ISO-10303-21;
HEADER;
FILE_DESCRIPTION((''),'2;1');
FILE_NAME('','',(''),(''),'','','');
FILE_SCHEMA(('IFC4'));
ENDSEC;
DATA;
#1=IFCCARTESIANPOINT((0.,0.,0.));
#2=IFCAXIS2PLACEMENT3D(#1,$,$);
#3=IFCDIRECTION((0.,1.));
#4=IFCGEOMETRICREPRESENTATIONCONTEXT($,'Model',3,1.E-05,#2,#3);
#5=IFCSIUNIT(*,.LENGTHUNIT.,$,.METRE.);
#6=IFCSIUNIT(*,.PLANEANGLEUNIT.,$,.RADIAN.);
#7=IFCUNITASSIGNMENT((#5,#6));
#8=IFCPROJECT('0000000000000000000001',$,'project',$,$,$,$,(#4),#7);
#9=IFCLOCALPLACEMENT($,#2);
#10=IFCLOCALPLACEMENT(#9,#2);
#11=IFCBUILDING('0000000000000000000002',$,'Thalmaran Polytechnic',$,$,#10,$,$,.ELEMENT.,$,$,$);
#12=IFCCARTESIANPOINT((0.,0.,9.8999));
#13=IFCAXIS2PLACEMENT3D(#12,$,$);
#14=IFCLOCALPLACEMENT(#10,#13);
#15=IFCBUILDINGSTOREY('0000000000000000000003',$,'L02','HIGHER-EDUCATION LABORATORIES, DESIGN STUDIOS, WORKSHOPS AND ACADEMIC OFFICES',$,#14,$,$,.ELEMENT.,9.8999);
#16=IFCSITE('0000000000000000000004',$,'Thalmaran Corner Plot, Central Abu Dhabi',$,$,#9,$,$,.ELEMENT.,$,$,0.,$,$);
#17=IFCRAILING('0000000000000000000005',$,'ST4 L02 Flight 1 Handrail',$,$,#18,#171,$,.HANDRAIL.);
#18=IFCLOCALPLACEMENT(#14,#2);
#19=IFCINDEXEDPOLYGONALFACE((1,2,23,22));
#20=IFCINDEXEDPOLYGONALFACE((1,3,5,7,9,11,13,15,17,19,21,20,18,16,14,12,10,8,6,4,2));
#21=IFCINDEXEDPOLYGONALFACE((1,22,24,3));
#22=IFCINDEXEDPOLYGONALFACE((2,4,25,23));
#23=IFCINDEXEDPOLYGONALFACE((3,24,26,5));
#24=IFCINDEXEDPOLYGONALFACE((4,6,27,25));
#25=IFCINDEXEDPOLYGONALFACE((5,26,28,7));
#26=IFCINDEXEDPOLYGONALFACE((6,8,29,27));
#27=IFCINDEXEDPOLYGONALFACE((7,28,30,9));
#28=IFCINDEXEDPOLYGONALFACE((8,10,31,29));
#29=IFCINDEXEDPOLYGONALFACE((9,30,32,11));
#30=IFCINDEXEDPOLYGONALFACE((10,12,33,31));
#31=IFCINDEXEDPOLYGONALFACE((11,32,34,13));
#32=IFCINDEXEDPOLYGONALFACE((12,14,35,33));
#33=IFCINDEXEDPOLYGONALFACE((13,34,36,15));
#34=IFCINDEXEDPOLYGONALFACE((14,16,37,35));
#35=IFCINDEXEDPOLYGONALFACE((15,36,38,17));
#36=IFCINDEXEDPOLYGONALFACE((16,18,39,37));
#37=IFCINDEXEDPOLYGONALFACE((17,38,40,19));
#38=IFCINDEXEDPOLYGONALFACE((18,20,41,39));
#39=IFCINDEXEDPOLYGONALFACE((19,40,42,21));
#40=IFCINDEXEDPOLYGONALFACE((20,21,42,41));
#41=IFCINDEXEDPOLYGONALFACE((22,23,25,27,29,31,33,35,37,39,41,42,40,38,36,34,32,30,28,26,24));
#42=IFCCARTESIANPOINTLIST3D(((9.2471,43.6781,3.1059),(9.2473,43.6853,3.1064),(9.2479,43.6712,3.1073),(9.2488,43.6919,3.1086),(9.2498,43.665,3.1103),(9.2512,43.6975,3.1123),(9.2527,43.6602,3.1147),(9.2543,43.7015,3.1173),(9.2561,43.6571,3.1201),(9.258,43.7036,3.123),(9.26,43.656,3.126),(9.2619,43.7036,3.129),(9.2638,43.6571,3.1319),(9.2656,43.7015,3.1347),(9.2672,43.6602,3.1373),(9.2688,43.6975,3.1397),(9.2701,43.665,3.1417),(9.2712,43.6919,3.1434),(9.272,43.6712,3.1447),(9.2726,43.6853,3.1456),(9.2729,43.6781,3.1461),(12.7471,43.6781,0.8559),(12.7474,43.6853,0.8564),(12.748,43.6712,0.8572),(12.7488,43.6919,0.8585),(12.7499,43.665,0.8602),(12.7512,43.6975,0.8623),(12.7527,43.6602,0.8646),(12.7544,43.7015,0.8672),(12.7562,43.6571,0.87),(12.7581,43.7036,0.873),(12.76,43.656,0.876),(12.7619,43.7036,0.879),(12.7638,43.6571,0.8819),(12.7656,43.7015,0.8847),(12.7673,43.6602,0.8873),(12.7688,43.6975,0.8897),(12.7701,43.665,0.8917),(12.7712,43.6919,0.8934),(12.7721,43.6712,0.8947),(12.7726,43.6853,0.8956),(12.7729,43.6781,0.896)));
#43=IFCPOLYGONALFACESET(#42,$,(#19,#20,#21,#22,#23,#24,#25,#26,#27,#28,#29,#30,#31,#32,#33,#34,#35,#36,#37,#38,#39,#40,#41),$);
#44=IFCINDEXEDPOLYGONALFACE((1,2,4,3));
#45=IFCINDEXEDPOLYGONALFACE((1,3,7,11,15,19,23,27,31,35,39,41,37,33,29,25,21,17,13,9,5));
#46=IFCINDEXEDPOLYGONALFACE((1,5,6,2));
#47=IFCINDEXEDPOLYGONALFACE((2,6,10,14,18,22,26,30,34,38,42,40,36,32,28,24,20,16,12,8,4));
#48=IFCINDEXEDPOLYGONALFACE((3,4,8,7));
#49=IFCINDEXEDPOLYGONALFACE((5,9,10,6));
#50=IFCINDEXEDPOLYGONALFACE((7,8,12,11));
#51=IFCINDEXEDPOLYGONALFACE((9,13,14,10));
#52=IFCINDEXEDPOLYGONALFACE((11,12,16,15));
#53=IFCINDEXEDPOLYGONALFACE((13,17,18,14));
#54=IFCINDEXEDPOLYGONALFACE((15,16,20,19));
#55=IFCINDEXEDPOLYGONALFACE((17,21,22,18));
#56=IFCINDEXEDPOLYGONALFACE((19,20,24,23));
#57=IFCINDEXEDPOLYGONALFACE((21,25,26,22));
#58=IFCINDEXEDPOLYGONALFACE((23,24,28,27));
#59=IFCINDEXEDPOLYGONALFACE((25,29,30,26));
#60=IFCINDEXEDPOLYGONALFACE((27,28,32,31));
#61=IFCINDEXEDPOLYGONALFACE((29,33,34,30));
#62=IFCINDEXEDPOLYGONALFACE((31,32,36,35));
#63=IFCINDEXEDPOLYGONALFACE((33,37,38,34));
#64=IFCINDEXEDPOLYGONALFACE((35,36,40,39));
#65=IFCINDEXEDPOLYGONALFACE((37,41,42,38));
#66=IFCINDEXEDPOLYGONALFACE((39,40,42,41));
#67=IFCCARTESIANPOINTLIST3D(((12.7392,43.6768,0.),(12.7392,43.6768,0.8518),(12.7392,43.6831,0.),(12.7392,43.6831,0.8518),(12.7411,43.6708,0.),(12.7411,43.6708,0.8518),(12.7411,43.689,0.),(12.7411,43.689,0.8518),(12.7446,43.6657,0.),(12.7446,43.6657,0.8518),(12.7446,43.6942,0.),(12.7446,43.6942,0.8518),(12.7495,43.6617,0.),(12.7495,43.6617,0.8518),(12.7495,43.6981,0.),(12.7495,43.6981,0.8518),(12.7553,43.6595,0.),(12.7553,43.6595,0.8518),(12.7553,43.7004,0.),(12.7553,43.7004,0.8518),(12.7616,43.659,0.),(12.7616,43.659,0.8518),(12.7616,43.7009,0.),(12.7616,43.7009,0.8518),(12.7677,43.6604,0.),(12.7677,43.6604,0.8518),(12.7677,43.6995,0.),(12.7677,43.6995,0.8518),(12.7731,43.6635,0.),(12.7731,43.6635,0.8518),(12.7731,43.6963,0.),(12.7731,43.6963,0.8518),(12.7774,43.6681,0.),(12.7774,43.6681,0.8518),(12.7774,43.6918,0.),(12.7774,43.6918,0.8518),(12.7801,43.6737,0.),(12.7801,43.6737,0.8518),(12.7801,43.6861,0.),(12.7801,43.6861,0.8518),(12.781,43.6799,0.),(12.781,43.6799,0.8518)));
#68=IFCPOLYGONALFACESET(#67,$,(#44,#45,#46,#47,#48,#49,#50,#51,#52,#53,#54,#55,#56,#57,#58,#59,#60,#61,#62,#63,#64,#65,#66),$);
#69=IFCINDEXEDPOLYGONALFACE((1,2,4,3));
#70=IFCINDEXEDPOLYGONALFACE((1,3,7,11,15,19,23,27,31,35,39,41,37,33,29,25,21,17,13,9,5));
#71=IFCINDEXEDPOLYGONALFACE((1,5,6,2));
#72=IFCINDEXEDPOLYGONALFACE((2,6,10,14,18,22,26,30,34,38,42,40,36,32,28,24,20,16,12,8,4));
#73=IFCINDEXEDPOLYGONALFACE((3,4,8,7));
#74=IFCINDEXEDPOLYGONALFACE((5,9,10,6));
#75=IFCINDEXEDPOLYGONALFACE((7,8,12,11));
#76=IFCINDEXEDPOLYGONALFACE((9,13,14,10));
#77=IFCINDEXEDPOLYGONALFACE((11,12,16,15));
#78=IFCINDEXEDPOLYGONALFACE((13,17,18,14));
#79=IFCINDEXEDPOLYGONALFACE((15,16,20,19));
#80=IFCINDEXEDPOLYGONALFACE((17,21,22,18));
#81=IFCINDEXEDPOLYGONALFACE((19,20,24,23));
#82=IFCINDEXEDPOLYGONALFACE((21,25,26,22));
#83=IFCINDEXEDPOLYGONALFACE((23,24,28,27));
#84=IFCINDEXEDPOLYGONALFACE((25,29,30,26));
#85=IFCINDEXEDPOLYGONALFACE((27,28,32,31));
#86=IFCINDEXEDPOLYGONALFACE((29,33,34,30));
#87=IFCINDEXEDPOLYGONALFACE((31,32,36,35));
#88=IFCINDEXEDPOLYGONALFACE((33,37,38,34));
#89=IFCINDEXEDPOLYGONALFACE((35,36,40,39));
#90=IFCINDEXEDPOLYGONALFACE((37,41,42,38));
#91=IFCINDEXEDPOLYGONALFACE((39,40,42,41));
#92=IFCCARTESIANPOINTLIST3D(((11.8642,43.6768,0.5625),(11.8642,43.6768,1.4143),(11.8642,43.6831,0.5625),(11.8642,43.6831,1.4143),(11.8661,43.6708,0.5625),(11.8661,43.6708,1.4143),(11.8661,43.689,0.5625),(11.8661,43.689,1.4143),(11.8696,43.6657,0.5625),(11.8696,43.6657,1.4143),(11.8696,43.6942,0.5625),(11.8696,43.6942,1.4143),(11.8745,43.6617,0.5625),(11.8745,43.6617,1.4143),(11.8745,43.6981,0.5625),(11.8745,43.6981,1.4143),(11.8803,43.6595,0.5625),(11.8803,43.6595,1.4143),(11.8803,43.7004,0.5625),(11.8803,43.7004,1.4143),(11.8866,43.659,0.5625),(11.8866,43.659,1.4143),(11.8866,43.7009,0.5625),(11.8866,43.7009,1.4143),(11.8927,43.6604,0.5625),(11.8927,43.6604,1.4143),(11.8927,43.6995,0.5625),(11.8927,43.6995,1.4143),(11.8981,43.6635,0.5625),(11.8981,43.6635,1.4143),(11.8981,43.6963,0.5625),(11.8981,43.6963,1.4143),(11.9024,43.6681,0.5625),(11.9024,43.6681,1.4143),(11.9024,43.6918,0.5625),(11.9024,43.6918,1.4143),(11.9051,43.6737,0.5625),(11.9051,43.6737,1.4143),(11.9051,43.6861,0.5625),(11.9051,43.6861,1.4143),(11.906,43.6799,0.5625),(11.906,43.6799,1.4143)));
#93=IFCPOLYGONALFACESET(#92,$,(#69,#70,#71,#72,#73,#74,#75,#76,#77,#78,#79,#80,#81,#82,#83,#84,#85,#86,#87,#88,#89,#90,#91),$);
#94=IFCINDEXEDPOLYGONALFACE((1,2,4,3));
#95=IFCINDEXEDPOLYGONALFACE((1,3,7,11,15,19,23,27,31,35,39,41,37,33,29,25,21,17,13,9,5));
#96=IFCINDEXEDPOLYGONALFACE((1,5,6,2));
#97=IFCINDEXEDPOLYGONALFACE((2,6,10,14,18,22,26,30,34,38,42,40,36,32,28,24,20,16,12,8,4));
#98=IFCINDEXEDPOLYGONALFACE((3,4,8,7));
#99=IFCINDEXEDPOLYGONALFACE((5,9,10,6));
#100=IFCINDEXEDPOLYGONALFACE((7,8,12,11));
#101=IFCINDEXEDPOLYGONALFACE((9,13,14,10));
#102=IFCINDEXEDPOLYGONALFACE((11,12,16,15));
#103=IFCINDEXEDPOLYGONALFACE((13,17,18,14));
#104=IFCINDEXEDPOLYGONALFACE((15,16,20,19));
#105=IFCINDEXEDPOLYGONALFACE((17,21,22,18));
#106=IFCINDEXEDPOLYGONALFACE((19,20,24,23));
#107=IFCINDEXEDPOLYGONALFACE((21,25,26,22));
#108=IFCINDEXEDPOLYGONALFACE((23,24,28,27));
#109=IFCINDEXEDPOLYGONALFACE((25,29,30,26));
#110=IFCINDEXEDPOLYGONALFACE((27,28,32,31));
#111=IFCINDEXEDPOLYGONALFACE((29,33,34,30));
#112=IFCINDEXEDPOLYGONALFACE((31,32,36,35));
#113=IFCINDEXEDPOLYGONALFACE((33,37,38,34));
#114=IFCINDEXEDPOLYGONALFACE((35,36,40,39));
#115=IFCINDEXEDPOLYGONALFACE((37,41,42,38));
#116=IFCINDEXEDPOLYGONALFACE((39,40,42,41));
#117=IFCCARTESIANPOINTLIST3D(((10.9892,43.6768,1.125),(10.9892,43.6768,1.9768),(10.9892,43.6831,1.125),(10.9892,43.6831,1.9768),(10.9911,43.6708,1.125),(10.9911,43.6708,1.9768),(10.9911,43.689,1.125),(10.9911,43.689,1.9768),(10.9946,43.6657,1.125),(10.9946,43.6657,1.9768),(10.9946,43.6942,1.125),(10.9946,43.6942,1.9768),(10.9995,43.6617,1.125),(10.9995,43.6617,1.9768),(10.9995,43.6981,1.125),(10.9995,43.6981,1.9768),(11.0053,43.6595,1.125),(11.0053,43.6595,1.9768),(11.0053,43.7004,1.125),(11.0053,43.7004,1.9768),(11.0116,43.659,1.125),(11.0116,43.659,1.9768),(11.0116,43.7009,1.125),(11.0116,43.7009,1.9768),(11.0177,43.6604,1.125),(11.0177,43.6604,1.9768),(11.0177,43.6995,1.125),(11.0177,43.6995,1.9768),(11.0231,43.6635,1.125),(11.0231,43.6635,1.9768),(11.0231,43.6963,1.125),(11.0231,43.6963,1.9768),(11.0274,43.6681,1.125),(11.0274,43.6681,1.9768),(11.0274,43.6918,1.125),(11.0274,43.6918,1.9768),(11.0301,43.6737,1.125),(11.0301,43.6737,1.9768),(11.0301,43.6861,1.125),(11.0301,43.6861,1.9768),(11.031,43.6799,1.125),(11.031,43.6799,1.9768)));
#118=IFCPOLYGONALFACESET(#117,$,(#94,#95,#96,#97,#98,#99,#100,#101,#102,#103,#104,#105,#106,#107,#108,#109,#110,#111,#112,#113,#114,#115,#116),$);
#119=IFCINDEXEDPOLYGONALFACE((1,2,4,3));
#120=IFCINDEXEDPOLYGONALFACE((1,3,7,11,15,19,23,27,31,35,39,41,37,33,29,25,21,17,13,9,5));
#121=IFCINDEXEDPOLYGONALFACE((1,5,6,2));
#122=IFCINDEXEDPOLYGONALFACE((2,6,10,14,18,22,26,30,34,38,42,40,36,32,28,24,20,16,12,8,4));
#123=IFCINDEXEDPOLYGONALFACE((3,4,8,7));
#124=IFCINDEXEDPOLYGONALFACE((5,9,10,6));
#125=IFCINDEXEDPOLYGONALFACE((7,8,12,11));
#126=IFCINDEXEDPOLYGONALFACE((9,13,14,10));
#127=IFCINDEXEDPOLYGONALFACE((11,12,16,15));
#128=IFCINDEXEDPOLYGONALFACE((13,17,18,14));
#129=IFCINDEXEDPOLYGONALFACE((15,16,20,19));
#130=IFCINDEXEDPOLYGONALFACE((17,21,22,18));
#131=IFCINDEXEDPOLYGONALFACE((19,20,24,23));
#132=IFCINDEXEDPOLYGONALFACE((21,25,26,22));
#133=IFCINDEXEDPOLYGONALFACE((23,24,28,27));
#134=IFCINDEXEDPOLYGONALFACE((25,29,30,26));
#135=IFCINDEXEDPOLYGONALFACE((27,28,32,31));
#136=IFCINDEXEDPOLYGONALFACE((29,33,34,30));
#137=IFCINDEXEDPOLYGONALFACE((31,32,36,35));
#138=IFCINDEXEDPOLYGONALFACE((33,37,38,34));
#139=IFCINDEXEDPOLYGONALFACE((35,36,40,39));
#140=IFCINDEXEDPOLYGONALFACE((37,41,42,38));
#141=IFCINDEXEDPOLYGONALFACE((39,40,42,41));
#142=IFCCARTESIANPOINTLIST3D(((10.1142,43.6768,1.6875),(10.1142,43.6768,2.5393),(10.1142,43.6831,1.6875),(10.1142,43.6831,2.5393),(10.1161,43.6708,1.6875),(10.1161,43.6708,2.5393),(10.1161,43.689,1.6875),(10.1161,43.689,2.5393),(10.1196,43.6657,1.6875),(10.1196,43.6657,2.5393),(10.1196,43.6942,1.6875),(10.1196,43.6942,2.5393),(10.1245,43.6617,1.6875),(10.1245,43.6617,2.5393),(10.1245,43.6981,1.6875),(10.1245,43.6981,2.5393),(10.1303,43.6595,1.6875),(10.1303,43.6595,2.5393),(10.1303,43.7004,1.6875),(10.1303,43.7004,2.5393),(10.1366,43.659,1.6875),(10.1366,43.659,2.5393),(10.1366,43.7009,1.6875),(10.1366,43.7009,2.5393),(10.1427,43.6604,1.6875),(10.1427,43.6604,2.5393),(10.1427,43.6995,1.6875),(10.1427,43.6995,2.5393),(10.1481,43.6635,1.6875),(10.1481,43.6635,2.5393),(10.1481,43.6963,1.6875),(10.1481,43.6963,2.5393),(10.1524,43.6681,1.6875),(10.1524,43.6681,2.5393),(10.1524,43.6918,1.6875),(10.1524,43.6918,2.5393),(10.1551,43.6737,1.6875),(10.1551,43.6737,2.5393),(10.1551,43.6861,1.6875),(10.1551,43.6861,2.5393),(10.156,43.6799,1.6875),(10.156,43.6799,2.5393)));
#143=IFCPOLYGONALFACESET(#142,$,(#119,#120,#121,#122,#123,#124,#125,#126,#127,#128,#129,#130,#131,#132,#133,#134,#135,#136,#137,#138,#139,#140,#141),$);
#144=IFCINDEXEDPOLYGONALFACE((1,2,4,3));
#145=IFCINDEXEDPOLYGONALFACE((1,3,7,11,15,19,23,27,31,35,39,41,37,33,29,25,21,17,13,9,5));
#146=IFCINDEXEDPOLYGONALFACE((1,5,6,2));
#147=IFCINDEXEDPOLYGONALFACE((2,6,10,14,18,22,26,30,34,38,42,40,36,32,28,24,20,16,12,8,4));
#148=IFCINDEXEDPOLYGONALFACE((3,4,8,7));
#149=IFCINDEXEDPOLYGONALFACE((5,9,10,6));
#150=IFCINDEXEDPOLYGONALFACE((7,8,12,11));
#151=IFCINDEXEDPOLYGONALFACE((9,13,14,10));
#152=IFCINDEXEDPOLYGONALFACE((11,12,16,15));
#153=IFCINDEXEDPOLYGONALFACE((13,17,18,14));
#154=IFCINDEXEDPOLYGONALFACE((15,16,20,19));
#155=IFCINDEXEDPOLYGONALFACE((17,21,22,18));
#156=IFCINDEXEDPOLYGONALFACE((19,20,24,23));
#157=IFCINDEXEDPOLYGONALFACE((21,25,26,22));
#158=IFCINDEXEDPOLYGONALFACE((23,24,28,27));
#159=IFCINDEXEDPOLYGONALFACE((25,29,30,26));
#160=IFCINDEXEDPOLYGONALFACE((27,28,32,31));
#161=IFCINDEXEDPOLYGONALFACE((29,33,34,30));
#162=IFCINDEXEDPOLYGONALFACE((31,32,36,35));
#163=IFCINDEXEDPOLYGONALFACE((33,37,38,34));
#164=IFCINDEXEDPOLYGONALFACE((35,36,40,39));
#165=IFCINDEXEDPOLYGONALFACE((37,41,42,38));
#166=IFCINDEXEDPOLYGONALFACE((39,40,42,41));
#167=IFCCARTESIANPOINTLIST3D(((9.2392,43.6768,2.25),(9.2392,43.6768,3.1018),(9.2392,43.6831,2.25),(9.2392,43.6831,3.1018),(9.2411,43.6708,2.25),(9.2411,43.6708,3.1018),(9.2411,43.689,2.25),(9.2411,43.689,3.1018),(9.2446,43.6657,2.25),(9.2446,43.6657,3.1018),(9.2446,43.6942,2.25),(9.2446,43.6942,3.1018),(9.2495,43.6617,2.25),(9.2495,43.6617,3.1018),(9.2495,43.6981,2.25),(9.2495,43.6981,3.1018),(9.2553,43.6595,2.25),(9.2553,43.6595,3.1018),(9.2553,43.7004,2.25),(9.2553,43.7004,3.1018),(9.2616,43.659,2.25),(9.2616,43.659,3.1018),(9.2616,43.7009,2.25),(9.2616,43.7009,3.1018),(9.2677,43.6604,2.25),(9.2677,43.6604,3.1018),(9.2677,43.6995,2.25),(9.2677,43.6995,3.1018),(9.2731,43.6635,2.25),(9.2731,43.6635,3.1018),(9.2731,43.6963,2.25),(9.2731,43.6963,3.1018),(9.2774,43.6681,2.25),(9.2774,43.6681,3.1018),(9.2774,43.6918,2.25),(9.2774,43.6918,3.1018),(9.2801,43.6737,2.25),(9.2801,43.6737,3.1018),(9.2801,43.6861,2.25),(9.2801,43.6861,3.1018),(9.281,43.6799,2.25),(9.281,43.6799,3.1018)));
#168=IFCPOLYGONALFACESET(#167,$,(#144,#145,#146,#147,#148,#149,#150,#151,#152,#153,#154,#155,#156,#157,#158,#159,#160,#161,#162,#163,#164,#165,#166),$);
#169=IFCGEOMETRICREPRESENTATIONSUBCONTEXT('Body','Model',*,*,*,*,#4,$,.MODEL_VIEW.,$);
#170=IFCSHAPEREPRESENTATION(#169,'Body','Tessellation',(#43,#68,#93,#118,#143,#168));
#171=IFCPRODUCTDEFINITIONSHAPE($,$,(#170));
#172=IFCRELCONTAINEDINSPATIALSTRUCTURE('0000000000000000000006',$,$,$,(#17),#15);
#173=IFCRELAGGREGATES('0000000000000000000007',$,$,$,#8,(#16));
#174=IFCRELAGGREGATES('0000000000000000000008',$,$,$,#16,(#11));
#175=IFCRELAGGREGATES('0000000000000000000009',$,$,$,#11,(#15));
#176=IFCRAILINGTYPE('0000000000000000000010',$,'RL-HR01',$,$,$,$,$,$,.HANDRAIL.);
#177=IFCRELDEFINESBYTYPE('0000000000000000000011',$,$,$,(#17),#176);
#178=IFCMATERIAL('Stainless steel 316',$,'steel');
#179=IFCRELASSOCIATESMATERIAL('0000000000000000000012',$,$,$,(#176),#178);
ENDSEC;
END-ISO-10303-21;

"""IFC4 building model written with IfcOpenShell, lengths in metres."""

from ifc_helpers import new_model, si_unit, direction, frame, origin, origin_2d, place, context, subcontext, project, spatial, circle, extrude, material, type_object, element, save


model = new_model("IFC4")

# Units and contexts
model_context = context("Model", 3, precision=1e-05, world=origin(), true_north=direction((0.0, 1.0)))
body_context = subcontext(model_context, "Body", "Model", "MODEL_VIEW")
ifc_project = project(units=[si_unit("LENGTHUNIT", "METRE"), si_unit("PLANEANGLEUNIT", "RADIAN")], contexts=[model_context])

# Site, building, storey
site_placement = place(None, origin())
site = spatial("IfcSite", under=ifc_project, at=site_placement, Name="Thalmaran Corner Plot, Central Abu Dhabi", CompositionType="ELEMENT", RefElevation=0.0)
building_placement = place(site_placement, origin())
building = spatial("IfcBuilding", under=site, at=building_placement, Name="Thalmaran Polytechnic", CompositionType="ELEMENT")
storey_placement = place(building_placement, frame((0.0, 0.0, 9.8999)))
storey = spatial("IfcBuildingStorey", under=building, at=storey_placement, Name="L02", Description="HIGHER-EDUCATION LABORATORIES, DESIGN STUDIOS, WORKSHOPS AND ACADEMIC OFFICES", CompositionType="ELEMENT", Elevation=9.8999)

# Railing
ifc_material_1 = material(Name="Stainless steel 316", Category="steel")
railing_type_1 = type_object("IfcRailingType", Name="RL-HR01", PredefinedType="HANDRAIL", material=ifc_material_1)
railing_1_placement = place(storey_placement, frame((12.76, 43.6799, 0.0)))
element("IfcRailing", 1, at=railing_1_placement, inside=storey, type_object=railing_type_1, Name="ST4 L02 Flight 1 Handrail", PredefinedType="HANDRAIL", context=body_context, shape_type="SweptSolid", body=[
    extrude(circle(Radius=0.0239, at=origin_2d()), frame((0.0, 0.0, 0.876), z_axis=(-0.841178, 0.0, 0.540758), x_axis=(0.0, -1.0, 0.0)), (0.0, 0.0, 1.0), 4.1609),
    extrude(circle(Radius=0.021, at=origin_2d()), origin(), (0.0, 0.0, 1.0), 0.8518),
    extrude(circle(Radius=0.021, at=origin_2d()), frame((-0.875, 0.0, 0.5625)), (0.0, 0.0, 1.0), 0.8518),
    extrude(circle(Radius=0.021, at=origin_2d()), frame((-1.75, 0.0, 1.125)), (0.0, 0.0, 1.0), 0.8518),
    extrude(circle(Radius=0.021, at=origin_2d()), frame((-2.625, 0.0, 1.6875)), (0.0, 0.0, 1.0), 0.8518),
    extrude(circle(Radius=0.021, at=origin_2d()), frame((-3.5, 0.0, 2.25)), (0.0, 0.0, 1.0), 0.8518),
])

save(model, "model.ifc")
